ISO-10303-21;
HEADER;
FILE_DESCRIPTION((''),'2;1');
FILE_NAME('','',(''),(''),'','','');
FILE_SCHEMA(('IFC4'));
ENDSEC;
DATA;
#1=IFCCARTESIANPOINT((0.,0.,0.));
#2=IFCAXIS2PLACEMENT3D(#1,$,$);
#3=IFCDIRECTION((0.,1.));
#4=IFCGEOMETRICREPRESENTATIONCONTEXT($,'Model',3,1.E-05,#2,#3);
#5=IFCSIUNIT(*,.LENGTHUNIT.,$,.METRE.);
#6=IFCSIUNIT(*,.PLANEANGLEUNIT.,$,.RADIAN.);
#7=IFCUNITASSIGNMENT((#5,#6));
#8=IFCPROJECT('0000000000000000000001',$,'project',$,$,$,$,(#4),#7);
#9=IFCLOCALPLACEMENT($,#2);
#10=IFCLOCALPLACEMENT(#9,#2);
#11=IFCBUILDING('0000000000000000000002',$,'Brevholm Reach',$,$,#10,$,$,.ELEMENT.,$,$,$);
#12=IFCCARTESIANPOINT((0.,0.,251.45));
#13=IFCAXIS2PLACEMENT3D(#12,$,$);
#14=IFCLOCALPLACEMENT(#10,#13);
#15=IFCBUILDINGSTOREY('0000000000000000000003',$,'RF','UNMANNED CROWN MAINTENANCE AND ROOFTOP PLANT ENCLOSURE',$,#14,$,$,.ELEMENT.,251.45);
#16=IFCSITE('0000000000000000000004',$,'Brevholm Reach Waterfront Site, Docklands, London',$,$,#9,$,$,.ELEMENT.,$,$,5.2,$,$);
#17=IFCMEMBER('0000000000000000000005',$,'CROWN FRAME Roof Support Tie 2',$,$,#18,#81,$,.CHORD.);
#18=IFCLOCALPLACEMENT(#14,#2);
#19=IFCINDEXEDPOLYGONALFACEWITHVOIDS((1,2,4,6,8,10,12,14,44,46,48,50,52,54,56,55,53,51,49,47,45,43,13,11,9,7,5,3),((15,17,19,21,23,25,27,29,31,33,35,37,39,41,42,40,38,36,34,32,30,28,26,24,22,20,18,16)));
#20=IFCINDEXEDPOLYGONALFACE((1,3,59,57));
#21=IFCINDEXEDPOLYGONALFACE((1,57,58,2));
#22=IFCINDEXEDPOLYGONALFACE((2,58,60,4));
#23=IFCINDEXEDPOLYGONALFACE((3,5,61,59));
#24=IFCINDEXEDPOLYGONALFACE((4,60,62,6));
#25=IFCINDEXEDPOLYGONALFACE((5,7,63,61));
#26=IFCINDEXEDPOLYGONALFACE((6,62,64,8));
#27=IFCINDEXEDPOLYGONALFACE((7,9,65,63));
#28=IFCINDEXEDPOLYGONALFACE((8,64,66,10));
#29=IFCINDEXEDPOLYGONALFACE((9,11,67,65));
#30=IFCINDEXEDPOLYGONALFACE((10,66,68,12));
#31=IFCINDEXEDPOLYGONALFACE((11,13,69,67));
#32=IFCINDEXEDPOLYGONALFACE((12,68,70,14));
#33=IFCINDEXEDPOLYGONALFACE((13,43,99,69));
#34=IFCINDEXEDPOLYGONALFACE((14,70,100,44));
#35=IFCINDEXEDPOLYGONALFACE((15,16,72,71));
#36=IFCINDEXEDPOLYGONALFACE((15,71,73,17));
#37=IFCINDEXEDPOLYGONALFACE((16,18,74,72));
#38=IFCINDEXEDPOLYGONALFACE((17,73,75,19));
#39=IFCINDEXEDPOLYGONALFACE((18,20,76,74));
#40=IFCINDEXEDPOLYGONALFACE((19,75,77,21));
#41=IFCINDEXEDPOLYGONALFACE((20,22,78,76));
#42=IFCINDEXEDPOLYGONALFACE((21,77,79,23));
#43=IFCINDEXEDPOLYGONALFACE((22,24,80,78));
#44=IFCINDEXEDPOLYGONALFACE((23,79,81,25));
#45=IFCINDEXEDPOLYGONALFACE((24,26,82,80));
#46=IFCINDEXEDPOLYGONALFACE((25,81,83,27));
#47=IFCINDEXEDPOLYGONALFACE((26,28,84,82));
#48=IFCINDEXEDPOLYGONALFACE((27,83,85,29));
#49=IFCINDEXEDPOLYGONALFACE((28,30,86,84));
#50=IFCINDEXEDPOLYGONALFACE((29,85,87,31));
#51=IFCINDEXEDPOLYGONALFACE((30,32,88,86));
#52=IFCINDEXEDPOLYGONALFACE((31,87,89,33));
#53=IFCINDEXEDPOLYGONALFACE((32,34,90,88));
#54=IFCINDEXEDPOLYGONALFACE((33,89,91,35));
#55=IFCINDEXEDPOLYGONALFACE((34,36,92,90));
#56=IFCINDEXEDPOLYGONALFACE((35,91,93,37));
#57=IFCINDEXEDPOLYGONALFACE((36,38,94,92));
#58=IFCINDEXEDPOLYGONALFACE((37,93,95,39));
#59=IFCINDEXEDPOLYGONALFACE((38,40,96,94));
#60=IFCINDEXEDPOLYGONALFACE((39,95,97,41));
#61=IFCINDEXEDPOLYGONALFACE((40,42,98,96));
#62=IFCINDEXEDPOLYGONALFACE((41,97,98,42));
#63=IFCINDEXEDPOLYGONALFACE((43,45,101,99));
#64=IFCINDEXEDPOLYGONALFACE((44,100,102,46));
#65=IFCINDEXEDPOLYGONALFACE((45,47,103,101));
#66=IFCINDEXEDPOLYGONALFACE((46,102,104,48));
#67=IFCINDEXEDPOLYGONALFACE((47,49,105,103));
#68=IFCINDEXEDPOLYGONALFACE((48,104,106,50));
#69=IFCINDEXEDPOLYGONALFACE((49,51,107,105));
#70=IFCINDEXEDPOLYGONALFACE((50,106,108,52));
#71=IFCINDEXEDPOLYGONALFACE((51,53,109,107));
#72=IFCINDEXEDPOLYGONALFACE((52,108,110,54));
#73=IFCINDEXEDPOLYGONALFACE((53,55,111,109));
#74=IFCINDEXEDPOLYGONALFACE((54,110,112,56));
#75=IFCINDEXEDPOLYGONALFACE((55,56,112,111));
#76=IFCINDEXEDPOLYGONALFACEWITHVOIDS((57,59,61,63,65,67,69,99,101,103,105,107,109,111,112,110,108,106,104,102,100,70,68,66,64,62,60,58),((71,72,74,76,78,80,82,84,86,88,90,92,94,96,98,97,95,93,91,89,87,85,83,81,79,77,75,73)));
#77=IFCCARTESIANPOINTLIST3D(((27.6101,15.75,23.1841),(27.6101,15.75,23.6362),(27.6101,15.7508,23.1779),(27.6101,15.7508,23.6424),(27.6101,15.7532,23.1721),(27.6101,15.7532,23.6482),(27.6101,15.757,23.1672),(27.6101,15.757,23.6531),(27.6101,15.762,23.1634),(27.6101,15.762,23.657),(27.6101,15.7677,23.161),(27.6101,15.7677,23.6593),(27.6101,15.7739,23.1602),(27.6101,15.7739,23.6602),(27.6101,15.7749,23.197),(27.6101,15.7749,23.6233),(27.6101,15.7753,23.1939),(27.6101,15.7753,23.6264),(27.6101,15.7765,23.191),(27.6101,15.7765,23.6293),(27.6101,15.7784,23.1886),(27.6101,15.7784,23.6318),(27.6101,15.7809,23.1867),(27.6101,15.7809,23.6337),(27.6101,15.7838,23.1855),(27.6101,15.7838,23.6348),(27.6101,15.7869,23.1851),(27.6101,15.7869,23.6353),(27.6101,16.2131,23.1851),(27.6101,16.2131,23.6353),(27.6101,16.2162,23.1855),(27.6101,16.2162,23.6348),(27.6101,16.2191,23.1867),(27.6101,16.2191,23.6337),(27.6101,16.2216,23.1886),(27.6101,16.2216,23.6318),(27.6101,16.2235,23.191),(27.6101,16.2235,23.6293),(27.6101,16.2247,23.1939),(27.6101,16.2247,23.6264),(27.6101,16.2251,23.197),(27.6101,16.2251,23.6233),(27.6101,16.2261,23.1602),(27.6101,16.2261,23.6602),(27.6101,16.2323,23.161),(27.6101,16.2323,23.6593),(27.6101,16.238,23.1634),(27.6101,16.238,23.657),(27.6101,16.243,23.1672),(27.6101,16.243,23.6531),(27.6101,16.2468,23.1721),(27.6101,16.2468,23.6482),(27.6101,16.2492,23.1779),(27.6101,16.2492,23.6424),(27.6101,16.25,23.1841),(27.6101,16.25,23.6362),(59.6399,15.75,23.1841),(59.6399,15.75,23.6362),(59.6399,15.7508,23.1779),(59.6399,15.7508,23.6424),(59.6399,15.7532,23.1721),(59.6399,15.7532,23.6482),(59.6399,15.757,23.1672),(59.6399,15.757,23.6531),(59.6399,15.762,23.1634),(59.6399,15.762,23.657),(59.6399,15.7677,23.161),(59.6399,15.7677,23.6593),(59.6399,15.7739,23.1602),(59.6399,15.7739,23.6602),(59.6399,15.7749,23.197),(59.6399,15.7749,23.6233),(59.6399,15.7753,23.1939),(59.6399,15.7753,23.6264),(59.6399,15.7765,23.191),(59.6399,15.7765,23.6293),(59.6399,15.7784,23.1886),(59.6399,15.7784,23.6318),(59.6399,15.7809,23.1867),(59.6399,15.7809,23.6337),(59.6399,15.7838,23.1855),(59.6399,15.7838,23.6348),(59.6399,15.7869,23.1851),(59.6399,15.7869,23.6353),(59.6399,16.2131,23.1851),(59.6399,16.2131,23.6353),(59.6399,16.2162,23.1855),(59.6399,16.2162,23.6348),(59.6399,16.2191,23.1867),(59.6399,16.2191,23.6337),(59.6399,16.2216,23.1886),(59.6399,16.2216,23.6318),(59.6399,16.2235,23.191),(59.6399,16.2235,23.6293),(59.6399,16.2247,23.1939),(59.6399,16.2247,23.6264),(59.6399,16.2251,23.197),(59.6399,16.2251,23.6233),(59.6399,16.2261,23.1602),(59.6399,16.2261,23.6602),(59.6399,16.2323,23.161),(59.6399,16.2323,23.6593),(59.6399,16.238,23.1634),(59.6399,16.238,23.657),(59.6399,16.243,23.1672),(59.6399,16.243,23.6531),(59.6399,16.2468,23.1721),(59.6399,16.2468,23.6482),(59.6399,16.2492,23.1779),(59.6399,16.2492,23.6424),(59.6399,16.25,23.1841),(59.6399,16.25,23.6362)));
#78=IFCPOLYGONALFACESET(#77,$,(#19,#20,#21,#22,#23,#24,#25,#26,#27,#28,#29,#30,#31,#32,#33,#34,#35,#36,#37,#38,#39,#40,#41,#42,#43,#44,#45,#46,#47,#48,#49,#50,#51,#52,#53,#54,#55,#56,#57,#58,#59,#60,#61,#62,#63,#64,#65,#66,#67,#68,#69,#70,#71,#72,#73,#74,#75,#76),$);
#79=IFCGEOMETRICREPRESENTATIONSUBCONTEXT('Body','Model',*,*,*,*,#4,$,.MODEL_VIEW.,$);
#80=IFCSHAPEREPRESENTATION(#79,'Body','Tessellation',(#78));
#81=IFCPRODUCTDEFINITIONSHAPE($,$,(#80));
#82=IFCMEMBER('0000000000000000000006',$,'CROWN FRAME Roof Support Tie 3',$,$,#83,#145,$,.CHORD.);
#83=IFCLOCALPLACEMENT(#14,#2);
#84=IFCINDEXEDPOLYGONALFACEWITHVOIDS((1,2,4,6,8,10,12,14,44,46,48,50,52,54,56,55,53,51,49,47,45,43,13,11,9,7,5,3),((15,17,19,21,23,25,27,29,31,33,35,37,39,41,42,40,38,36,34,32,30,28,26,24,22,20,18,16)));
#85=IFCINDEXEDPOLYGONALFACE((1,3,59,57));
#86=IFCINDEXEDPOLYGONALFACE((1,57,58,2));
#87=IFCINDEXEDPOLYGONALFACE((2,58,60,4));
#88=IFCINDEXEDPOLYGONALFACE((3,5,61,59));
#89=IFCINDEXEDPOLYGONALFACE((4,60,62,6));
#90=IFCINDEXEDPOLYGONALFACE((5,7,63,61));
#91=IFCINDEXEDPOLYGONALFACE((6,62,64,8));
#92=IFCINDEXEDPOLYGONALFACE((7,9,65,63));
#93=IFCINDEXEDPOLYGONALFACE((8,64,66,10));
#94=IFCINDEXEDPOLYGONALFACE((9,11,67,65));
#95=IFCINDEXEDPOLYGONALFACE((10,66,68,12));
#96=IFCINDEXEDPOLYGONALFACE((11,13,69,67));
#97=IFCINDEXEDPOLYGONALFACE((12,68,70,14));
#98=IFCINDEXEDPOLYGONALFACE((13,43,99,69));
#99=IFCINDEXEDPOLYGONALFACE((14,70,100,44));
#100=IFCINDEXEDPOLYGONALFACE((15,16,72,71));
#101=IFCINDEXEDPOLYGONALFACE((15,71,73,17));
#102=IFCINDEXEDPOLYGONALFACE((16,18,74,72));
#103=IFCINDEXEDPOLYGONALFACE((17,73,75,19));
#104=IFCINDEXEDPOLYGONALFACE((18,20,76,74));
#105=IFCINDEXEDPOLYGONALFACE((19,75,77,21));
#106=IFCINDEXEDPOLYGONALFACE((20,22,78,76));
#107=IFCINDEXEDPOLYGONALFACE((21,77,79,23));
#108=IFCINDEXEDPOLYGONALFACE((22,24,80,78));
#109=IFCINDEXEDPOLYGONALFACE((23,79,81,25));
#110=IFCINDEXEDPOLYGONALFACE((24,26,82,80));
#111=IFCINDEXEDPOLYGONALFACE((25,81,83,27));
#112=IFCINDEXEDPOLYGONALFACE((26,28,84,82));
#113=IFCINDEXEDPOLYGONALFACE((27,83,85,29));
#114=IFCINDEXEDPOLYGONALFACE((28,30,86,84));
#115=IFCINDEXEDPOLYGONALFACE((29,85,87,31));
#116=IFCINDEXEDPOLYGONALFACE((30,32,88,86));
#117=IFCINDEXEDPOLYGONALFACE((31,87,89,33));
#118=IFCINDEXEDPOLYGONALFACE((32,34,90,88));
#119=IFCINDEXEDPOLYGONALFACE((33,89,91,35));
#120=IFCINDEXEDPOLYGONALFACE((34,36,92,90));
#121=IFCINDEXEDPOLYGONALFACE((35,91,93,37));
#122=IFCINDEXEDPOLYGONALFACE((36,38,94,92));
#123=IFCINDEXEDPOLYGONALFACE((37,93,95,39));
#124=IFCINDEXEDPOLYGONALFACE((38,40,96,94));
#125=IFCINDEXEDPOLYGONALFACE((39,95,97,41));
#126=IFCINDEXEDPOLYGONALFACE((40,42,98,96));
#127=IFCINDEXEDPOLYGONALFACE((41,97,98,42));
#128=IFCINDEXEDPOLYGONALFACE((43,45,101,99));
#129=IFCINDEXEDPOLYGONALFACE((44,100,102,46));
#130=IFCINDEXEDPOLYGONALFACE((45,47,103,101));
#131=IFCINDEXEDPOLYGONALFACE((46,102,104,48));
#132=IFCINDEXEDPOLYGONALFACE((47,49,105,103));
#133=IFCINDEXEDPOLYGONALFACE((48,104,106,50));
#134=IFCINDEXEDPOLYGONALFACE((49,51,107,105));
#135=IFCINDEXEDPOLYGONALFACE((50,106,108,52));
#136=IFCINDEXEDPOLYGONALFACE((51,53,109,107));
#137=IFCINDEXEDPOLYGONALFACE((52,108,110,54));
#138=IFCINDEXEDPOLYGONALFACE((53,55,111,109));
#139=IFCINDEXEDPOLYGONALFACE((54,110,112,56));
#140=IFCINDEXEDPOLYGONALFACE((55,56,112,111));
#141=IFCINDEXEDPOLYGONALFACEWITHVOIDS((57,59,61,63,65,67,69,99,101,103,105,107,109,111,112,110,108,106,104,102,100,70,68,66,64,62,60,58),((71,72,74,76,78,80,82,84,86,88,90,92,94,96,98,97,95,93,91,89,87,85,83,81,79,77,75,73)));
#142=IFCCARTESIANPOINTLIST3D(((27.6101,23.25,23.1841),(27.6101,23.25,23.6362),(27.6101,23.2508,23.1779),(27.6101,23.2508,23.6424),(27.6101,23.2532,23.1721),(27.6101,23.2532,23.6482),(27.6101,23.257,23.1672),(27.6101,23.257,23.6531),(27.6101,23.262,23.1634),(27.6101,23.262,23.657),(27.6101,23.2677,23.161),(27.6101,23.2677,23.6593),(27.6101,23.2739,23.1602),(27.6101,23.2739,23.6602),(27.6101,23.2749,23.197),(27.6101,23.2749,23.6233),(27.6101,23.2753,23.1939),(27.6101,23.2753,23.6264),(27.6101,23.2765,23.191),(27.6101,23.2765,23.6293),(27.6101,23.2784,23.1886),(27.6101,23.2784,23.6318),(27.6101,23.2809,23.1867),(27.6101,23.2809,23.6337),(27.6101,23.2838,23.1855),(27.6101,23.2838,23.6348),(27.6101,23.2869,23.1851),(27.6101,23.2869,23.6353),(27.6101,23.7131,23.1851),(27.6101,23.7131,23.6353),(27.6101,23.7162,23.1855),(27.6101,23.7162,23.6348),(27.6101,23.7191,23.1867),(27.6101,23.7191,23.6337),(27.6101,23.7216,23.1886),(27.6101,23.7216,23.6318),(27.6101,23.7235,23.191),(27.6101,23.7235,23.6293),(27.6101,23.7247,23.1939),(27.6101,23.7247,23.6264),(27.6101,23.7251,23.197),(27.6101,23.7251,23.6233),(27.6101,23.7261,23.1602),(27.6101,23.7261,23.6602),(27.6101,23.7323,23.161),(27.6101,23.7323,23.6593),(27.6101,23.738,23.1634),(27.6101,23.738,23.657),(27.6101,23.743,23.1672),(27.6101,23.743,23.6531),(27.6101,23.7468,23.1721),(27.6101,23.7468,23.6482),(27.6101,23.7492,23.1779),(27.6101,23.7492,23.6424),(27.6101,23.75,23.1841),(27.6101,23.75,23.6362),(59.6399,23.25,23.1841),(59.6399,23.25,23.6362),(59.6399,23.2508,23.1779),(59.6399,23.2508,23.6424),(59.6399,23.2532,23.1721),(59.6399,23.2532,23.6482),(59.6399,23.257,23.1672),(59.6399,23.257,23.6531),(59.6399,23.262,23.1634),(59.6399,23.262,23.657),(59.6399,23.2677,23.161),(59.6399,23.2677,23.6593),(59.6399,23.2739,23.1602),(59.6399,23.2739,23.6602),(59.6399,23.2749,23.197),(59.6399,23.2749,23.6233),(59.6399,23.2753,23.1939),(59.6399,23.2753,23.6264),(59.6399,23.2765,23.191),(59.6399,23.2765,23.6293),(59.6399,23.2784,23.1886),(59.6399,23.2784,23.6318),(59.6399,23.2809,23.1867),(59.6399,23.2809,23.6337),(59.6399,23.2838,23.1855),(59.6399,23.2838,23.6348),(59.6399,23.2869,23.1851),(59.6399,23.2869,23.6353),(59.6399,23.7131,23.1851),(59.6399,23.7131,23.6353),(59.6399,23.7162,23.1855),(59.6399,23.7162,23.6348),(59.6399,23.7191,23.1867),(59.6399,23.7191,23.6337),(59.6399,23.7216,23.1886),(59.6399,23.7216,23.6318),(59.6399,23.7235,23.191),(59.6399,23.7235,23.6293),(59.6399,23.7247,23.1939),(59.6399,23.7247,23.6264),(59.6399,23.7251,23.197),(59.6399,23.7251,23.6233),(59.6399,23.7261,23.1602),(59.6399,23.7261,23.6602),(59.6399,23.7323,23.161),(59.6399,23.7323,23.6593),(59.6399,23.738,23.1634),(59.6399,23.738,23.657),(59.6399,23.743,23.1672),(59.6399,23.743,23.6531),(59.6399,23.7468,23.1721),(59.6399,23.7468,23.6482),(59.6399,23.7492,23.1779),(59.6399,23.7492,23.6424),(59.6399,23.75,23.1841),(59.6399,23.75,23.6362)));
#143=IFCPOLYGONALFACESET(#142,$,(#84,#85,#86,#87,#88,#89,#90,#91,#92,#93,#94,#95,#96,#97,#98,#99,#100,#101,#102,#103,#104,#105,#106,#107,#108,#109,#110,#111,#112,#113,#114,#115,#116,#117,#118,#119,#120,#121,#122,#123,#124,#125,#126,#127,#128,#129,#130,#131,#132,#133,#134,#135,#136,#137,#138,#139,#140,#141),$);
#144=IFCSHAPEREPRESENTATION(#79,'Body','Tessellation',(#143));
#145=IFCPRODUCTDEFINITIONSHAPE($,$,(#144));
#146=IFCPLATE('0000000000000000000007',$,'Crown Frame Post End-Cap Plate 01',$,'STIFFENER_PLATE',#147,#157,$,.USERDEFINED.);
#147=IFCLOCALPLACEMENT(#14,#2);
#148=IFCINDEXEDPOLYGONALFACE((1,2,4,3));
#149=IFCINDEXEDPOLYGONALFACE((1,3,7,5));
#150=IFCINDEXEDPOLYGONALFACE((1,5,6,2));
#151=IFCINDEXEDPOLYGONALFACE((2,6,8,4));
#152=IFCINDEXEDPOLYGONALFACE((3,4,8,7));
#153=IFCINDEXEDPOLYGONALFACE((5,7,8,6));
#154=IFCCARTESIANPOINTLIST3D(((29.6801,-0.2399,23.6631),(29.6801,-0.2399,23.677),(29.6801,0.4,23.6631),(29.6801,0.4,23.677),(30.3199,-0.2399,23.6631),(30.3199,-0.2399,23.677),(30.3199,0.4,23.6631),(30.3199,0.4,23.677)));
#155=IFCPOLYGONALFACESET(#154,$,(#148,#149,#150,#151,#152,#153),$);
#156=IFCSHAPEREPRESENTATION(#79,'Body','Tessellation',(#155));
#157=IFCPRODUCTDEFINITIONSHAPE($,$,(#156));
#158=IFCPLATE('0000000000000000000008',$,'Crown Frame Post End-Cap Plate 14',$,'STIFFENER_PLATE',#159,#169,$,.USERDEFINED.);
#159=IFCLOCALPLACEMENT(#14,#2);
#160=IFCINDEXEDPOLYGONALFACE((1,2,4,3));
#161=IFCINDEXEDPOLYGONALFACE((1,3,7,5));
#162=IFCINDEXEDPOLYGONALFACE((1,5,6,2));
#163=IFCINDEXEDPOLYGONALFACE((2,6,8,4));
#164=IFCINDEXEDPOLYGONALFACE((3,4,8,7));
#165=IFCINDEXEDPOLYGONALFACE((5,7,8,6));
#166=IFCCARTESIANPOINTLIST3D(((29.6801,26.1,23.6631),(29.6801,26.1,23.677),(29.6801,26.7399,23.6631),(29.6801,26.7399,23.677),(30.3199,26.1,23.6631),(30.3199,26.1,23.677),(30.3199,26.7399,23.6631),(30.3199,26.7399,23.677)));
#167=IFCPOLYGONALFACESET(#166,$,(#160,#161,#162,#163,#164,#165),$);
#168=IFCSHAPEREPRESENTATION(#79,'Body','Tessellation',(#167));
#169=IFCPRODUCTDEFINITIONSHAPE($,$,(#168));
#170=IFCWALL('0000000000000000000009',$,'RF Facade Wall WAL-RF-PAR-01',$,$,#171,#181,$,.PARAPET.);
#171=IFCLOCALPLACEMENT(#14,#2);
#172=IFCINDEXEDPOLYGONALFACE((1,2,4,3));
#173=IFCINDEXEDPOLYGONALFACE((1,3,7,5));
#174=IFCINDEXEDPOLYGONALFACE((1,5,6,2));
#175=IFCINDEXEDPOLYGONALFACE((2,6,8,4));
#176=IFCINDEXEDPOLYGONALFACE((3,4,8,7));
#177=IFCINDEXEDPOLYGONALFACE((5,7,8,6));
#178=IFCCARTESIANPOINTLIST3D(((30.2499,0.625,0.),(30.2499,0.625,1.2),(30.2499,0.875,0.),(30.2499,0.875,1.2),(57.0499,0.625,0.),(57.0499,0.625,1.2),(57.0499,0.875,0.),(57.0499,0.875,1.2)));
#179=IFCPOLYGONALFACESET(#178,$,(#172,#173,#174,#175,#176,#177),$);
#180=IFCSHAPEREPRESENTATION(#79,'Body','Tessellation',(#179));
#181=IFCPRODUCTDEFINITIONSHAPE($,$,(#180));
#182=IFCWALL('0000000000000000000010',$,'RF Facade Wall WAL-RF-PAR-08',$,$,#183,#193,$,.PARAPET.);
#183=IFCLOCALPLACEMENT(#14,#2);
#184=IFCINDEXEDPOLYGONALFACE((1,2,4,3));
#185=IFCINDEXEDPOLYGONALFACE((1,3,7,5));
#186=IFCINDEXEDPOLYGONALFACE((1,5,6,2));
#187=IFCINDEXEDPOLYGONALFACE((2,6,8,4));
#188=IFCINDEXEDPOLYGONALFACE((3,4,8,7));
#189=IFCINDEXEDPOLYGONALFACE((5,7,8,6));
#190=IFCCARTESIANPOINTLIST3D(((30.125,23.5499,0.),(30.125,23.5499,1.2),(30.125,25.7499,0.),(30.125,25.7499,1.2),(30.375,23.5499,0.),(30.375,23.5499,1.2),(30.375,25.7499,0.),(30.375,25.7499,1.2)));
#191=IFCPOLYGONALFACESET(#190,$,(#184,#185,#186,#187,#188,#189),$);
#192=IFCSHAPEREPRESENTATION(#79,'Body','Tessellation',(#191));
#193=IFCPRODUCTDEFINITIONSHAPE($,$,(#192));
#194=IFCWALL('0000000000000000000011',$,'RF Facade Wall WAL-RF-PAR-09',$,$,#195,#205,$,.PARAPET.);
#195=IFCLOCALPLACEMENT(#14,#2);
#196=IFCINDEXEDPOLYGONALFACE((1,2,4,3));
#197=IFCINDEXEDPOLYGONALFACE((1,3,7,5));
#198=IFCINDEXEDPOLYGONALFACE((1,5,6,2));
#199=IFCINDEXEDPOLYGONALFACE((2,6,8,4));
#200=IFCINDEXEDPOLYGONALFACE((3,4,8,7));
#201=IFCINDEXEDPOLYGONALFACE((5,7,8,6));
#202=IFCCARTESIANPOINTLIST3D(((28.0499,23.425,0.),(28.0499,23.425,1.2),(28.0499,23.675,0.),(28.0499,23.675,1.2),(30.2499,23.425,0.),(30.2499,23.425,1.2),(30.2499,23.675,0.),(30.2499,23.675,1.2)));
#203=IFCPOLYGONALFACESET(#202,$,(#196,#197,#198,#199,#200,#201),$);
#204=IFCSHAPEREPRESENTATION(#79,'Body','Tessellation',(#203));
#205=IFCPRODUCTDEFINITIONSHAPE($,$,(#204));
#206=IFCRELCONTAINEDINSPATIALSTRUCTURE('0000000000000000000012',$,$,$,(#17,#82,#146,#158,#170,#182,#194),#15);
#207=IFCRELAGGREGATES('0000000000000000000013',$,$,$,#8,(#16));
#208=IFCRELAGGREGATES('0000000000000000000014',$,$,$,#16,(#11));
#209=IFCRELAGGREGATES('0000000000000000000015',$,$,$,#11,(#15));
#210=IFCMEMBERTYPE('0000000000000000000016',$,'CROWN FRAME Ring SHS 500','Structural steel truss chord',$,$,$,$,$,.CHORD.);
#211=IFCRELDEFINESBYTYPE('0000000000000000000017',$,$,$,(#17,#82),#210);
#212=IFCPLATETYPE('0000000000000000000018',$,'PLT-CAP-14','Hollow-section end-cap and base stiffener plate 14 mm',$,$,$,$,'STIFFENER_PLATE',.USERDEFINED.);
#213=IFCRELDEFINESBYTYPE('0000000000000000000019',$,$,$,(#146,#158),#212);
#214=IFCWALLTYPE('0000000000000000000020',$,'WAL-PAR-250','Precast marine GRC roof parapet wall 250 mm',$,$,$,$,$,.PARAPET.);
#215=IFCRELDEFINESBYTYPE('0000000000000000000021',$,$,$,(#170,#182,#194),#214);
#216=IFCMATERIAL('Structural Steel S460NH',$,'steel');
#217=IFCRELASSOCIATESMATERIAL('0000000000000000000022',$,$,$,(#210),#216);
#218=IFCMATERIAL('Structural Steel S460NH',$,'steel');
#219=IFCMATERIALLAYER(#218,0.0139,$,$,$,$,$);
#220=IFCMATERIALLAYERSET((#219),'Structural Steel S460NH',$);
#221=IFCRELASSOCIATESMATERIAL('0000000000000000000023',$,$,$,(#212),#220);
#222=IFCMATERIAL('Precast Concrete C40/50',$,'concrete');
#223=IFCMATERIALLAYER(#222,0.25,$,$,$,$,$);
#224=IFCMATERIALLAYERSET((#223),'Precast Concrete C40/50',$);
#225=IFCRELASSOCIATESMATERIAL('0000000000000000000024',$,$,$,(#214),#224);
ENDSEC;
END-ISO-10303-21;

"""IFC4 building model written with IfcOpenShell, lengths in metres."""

from ifc_helpers import new_model, si_unit, direction, frame, frame_2d, origin, origin_2d, place, context, subcontext, project, spatial, rectangle, hollow_rectangle, extrude, material, layer, layer_set, material_profile, profile_set, type_object, element, save


model = new_model("IFC4")

# Units and contexts
model_context = context("Model", 3, precision=1e-05, world=origin(), true_north=direction((0.0, 1.0)))
body_context = subcontext(model_context, "Body", "Model", "MODEL_VIEW")
ifc_project = project(units=[si_unit("LENGTHUNIT", "METRE"), si_unit("PLANEANGLEUNIT", "RADIAN")], contexts=[model_context])

# Site, building, storey
site_placement = place(None, origin())
site = spatial("IfcSite", under=ifc_project, at=site_placement, Name="Brevholm Reach Waterfront Site, Docklands, London", CompositionType="ELEMENT", RefElevation=5.2)
building_placement = place(site_placement, origin())
building = spatial("IfcBuilding", under=site, at=building_placement, Name="Brevholm Reach", CompositionType="ELEMENT")
storey_placement = place(building_placement, frame((0.0, 0.0, 251.45)))
storey = spatial("IfcBuildingStorey", under=building, at=storey_placement, Name="RF", Description="UNMANNED CROWN MAINTENANCE AND ROOFTOP PLANT ENCLOSURE", CompositionType="ELEMENT", Elevation=251.45)

# Members
ifc_material_1 = material(Name="Structural Steel S460NH", Category="steel")
ifc_material_profile_1 = material_profile(ifc_material_1, hollow_rectangle(XDim=0.5, YDim=0.5, WallThickness=0.0249, InnerFilletRadius=0.012, OuterFilletRadius=0.0239, at=origin_2d()), Name="SHS 500x500x25")
ifc_profile_set_1 = profile_set([ifc_material_profile_1], Name="Structural Steel S460NH")
member_type_1 = type_object("IfcMemberType", Name="CROWN FRAME Ring SHS 500", Description="Structural steel truss chord", PredefinedType="CHORD", material=ifc_profile_set_1)
for number, where, z_axis, x_axis, name in (
    (1, (27.6101, 16.0, 23.4102), (1.0, 0.0, 0.0), (0.0, 1.0, 0.0), "CROWN FRAME Roof Support Tie 2"),
    (2, (27.6101, 23.5, 23.4102), (1.0, 0.0, 0.0), (0.0, 1.0, 0.0), "CROWN FRAME Roof Support Tie 3"),
):
    element("IfcMember", number, at=place(storey_placement, frame(where, z_axis=z_axis, x_axis=x_axis)), inside=storey, type_object=member_type_1, Name=name, PredefinedType="CHORD", context=body_context, shape_type="SweptSolid", body=[
        extrude(hollow_rectangle(XDim=0.5, YDim=0.5, WallThickness=0.0249, InnerFilletRadius=0.012, OuterFilletRadius=0.0239, at=origin_2d()), origin(), (0.0, 0.0, 1.0), 32.0298),
    ])

# Plates
ifc_material_2 = material(Name="Structural Steel S460NH", Category="steel")
ifc_layer_1 = layer(ifc_material_2, 0.0139)
ifc_layer_set_1 = layer_set([ifc_layer_1], Name="Structural Steel S460NH")
plate_type = type_object("IfcPlateType", Name="PLT-CAP-14", Description="Hollow-section end-cap and base stiffener plate 14 mm", ElementType="STIFFENER_PLATE", PredefinedType="USERDEFINED", material=ifc_layer_set_1)
for number, where, z_axis, x_axis, name in (
    (3, (30.0, 0.0801, 23.6631), (0.0, 0.0, 1.0), (1.0, 0.0, 0.0), "Crown Frame Post End-Cap Plate 01"),
    (4, (30.0, 26.4199, 23.6631), (0.0, 0.0, 1.0), (1.0, 0.0, 0.0), "Crown Frame Post End-Cap Plate 14"),
):
    element("IfcPlate", number, at=place(storey_placement, frame(where, z_axis=z_axis, x_axis=x_axis)), inside=storey, type_object=plate_type, Name=name, ObjectType="STIFFENER_PLATE", PredefinedType="USERDEFINED", context=body_context, shape_type="SweptSolid", body=[
        extrude(rectangle(XDim=0.6399, YDim=0.6399, at=origin_2d()), origin(), (0.0, 0.0, 1.0), 0.0139),
    ])

# Walls
ifc_material_3 = material(Name="Precast Concrete C40/50", Category="concrete")
ifc_layer_2 = layer(ifc_material_3, 0.25)
ifc_layer_set_2 = layer_set([ifc_layer_2], Name="Precast Concrete C40/50")
wall_type_1 = type_object("IfcWallType", Name="WAL-PAR-250", Description="Precast marine GRC roof parapet wall 250 mm", PredefinedType="PARAPET", material=ifc_layer_set_2)
wall_1_placement = place(storey_placement, frame((30.25, 0.75, 0.0), z_axis=(0.0, 0.0, 1.0), x_axis=(1.0, 0.0, 0.0)))
element("IfcWall", 5, at=wall_1_placement, inside=storey, type_object=wall_type_1, Name="RF Facade Wall WAL-RF-PAR-01", PredefinedType="PARAPET", context=body_context, shape_type="SweptSolid", body=[
    extrude(rectangle(XDim=26.8, YDim=0.25, at=frame_2d((13.3999, 0.0))), origin(), (0.0, 0.0, 1.0), 1.2),
])
for number, where, z_axis, x_axis, name in (
    (6, (30.25, 25.75, 0.0), (0.0, 0.0, 1.0), (0.0, -1.0, 0.0), "RF Facade Wall WAL-RF-PAR-08"),
    (7, (30.25, 23.55, 0.0), (0.0, 0.0, 1.0), (-1.0, 0.0, 0.0), "RF Facade Wall WAL-RF-PAR-09"),
):
    element("IfcWall", number, at=place(storey_placement, frame(where, z_axis=z_axis, x_axis=x_axis)), inside=storey, type_object=wall_type_1, Name=name, PredefinedType="PARAPET", context=body_context, shape_type="SweptSolid", body=[
        extrude(rectangle(XDim=2.2, YDim=0.25, at=frame_2d((1.1001, 0.0))), origin(), (0.0, 0.0, 1.0), 1.2),
    ])

save(model, "model.ifc")
